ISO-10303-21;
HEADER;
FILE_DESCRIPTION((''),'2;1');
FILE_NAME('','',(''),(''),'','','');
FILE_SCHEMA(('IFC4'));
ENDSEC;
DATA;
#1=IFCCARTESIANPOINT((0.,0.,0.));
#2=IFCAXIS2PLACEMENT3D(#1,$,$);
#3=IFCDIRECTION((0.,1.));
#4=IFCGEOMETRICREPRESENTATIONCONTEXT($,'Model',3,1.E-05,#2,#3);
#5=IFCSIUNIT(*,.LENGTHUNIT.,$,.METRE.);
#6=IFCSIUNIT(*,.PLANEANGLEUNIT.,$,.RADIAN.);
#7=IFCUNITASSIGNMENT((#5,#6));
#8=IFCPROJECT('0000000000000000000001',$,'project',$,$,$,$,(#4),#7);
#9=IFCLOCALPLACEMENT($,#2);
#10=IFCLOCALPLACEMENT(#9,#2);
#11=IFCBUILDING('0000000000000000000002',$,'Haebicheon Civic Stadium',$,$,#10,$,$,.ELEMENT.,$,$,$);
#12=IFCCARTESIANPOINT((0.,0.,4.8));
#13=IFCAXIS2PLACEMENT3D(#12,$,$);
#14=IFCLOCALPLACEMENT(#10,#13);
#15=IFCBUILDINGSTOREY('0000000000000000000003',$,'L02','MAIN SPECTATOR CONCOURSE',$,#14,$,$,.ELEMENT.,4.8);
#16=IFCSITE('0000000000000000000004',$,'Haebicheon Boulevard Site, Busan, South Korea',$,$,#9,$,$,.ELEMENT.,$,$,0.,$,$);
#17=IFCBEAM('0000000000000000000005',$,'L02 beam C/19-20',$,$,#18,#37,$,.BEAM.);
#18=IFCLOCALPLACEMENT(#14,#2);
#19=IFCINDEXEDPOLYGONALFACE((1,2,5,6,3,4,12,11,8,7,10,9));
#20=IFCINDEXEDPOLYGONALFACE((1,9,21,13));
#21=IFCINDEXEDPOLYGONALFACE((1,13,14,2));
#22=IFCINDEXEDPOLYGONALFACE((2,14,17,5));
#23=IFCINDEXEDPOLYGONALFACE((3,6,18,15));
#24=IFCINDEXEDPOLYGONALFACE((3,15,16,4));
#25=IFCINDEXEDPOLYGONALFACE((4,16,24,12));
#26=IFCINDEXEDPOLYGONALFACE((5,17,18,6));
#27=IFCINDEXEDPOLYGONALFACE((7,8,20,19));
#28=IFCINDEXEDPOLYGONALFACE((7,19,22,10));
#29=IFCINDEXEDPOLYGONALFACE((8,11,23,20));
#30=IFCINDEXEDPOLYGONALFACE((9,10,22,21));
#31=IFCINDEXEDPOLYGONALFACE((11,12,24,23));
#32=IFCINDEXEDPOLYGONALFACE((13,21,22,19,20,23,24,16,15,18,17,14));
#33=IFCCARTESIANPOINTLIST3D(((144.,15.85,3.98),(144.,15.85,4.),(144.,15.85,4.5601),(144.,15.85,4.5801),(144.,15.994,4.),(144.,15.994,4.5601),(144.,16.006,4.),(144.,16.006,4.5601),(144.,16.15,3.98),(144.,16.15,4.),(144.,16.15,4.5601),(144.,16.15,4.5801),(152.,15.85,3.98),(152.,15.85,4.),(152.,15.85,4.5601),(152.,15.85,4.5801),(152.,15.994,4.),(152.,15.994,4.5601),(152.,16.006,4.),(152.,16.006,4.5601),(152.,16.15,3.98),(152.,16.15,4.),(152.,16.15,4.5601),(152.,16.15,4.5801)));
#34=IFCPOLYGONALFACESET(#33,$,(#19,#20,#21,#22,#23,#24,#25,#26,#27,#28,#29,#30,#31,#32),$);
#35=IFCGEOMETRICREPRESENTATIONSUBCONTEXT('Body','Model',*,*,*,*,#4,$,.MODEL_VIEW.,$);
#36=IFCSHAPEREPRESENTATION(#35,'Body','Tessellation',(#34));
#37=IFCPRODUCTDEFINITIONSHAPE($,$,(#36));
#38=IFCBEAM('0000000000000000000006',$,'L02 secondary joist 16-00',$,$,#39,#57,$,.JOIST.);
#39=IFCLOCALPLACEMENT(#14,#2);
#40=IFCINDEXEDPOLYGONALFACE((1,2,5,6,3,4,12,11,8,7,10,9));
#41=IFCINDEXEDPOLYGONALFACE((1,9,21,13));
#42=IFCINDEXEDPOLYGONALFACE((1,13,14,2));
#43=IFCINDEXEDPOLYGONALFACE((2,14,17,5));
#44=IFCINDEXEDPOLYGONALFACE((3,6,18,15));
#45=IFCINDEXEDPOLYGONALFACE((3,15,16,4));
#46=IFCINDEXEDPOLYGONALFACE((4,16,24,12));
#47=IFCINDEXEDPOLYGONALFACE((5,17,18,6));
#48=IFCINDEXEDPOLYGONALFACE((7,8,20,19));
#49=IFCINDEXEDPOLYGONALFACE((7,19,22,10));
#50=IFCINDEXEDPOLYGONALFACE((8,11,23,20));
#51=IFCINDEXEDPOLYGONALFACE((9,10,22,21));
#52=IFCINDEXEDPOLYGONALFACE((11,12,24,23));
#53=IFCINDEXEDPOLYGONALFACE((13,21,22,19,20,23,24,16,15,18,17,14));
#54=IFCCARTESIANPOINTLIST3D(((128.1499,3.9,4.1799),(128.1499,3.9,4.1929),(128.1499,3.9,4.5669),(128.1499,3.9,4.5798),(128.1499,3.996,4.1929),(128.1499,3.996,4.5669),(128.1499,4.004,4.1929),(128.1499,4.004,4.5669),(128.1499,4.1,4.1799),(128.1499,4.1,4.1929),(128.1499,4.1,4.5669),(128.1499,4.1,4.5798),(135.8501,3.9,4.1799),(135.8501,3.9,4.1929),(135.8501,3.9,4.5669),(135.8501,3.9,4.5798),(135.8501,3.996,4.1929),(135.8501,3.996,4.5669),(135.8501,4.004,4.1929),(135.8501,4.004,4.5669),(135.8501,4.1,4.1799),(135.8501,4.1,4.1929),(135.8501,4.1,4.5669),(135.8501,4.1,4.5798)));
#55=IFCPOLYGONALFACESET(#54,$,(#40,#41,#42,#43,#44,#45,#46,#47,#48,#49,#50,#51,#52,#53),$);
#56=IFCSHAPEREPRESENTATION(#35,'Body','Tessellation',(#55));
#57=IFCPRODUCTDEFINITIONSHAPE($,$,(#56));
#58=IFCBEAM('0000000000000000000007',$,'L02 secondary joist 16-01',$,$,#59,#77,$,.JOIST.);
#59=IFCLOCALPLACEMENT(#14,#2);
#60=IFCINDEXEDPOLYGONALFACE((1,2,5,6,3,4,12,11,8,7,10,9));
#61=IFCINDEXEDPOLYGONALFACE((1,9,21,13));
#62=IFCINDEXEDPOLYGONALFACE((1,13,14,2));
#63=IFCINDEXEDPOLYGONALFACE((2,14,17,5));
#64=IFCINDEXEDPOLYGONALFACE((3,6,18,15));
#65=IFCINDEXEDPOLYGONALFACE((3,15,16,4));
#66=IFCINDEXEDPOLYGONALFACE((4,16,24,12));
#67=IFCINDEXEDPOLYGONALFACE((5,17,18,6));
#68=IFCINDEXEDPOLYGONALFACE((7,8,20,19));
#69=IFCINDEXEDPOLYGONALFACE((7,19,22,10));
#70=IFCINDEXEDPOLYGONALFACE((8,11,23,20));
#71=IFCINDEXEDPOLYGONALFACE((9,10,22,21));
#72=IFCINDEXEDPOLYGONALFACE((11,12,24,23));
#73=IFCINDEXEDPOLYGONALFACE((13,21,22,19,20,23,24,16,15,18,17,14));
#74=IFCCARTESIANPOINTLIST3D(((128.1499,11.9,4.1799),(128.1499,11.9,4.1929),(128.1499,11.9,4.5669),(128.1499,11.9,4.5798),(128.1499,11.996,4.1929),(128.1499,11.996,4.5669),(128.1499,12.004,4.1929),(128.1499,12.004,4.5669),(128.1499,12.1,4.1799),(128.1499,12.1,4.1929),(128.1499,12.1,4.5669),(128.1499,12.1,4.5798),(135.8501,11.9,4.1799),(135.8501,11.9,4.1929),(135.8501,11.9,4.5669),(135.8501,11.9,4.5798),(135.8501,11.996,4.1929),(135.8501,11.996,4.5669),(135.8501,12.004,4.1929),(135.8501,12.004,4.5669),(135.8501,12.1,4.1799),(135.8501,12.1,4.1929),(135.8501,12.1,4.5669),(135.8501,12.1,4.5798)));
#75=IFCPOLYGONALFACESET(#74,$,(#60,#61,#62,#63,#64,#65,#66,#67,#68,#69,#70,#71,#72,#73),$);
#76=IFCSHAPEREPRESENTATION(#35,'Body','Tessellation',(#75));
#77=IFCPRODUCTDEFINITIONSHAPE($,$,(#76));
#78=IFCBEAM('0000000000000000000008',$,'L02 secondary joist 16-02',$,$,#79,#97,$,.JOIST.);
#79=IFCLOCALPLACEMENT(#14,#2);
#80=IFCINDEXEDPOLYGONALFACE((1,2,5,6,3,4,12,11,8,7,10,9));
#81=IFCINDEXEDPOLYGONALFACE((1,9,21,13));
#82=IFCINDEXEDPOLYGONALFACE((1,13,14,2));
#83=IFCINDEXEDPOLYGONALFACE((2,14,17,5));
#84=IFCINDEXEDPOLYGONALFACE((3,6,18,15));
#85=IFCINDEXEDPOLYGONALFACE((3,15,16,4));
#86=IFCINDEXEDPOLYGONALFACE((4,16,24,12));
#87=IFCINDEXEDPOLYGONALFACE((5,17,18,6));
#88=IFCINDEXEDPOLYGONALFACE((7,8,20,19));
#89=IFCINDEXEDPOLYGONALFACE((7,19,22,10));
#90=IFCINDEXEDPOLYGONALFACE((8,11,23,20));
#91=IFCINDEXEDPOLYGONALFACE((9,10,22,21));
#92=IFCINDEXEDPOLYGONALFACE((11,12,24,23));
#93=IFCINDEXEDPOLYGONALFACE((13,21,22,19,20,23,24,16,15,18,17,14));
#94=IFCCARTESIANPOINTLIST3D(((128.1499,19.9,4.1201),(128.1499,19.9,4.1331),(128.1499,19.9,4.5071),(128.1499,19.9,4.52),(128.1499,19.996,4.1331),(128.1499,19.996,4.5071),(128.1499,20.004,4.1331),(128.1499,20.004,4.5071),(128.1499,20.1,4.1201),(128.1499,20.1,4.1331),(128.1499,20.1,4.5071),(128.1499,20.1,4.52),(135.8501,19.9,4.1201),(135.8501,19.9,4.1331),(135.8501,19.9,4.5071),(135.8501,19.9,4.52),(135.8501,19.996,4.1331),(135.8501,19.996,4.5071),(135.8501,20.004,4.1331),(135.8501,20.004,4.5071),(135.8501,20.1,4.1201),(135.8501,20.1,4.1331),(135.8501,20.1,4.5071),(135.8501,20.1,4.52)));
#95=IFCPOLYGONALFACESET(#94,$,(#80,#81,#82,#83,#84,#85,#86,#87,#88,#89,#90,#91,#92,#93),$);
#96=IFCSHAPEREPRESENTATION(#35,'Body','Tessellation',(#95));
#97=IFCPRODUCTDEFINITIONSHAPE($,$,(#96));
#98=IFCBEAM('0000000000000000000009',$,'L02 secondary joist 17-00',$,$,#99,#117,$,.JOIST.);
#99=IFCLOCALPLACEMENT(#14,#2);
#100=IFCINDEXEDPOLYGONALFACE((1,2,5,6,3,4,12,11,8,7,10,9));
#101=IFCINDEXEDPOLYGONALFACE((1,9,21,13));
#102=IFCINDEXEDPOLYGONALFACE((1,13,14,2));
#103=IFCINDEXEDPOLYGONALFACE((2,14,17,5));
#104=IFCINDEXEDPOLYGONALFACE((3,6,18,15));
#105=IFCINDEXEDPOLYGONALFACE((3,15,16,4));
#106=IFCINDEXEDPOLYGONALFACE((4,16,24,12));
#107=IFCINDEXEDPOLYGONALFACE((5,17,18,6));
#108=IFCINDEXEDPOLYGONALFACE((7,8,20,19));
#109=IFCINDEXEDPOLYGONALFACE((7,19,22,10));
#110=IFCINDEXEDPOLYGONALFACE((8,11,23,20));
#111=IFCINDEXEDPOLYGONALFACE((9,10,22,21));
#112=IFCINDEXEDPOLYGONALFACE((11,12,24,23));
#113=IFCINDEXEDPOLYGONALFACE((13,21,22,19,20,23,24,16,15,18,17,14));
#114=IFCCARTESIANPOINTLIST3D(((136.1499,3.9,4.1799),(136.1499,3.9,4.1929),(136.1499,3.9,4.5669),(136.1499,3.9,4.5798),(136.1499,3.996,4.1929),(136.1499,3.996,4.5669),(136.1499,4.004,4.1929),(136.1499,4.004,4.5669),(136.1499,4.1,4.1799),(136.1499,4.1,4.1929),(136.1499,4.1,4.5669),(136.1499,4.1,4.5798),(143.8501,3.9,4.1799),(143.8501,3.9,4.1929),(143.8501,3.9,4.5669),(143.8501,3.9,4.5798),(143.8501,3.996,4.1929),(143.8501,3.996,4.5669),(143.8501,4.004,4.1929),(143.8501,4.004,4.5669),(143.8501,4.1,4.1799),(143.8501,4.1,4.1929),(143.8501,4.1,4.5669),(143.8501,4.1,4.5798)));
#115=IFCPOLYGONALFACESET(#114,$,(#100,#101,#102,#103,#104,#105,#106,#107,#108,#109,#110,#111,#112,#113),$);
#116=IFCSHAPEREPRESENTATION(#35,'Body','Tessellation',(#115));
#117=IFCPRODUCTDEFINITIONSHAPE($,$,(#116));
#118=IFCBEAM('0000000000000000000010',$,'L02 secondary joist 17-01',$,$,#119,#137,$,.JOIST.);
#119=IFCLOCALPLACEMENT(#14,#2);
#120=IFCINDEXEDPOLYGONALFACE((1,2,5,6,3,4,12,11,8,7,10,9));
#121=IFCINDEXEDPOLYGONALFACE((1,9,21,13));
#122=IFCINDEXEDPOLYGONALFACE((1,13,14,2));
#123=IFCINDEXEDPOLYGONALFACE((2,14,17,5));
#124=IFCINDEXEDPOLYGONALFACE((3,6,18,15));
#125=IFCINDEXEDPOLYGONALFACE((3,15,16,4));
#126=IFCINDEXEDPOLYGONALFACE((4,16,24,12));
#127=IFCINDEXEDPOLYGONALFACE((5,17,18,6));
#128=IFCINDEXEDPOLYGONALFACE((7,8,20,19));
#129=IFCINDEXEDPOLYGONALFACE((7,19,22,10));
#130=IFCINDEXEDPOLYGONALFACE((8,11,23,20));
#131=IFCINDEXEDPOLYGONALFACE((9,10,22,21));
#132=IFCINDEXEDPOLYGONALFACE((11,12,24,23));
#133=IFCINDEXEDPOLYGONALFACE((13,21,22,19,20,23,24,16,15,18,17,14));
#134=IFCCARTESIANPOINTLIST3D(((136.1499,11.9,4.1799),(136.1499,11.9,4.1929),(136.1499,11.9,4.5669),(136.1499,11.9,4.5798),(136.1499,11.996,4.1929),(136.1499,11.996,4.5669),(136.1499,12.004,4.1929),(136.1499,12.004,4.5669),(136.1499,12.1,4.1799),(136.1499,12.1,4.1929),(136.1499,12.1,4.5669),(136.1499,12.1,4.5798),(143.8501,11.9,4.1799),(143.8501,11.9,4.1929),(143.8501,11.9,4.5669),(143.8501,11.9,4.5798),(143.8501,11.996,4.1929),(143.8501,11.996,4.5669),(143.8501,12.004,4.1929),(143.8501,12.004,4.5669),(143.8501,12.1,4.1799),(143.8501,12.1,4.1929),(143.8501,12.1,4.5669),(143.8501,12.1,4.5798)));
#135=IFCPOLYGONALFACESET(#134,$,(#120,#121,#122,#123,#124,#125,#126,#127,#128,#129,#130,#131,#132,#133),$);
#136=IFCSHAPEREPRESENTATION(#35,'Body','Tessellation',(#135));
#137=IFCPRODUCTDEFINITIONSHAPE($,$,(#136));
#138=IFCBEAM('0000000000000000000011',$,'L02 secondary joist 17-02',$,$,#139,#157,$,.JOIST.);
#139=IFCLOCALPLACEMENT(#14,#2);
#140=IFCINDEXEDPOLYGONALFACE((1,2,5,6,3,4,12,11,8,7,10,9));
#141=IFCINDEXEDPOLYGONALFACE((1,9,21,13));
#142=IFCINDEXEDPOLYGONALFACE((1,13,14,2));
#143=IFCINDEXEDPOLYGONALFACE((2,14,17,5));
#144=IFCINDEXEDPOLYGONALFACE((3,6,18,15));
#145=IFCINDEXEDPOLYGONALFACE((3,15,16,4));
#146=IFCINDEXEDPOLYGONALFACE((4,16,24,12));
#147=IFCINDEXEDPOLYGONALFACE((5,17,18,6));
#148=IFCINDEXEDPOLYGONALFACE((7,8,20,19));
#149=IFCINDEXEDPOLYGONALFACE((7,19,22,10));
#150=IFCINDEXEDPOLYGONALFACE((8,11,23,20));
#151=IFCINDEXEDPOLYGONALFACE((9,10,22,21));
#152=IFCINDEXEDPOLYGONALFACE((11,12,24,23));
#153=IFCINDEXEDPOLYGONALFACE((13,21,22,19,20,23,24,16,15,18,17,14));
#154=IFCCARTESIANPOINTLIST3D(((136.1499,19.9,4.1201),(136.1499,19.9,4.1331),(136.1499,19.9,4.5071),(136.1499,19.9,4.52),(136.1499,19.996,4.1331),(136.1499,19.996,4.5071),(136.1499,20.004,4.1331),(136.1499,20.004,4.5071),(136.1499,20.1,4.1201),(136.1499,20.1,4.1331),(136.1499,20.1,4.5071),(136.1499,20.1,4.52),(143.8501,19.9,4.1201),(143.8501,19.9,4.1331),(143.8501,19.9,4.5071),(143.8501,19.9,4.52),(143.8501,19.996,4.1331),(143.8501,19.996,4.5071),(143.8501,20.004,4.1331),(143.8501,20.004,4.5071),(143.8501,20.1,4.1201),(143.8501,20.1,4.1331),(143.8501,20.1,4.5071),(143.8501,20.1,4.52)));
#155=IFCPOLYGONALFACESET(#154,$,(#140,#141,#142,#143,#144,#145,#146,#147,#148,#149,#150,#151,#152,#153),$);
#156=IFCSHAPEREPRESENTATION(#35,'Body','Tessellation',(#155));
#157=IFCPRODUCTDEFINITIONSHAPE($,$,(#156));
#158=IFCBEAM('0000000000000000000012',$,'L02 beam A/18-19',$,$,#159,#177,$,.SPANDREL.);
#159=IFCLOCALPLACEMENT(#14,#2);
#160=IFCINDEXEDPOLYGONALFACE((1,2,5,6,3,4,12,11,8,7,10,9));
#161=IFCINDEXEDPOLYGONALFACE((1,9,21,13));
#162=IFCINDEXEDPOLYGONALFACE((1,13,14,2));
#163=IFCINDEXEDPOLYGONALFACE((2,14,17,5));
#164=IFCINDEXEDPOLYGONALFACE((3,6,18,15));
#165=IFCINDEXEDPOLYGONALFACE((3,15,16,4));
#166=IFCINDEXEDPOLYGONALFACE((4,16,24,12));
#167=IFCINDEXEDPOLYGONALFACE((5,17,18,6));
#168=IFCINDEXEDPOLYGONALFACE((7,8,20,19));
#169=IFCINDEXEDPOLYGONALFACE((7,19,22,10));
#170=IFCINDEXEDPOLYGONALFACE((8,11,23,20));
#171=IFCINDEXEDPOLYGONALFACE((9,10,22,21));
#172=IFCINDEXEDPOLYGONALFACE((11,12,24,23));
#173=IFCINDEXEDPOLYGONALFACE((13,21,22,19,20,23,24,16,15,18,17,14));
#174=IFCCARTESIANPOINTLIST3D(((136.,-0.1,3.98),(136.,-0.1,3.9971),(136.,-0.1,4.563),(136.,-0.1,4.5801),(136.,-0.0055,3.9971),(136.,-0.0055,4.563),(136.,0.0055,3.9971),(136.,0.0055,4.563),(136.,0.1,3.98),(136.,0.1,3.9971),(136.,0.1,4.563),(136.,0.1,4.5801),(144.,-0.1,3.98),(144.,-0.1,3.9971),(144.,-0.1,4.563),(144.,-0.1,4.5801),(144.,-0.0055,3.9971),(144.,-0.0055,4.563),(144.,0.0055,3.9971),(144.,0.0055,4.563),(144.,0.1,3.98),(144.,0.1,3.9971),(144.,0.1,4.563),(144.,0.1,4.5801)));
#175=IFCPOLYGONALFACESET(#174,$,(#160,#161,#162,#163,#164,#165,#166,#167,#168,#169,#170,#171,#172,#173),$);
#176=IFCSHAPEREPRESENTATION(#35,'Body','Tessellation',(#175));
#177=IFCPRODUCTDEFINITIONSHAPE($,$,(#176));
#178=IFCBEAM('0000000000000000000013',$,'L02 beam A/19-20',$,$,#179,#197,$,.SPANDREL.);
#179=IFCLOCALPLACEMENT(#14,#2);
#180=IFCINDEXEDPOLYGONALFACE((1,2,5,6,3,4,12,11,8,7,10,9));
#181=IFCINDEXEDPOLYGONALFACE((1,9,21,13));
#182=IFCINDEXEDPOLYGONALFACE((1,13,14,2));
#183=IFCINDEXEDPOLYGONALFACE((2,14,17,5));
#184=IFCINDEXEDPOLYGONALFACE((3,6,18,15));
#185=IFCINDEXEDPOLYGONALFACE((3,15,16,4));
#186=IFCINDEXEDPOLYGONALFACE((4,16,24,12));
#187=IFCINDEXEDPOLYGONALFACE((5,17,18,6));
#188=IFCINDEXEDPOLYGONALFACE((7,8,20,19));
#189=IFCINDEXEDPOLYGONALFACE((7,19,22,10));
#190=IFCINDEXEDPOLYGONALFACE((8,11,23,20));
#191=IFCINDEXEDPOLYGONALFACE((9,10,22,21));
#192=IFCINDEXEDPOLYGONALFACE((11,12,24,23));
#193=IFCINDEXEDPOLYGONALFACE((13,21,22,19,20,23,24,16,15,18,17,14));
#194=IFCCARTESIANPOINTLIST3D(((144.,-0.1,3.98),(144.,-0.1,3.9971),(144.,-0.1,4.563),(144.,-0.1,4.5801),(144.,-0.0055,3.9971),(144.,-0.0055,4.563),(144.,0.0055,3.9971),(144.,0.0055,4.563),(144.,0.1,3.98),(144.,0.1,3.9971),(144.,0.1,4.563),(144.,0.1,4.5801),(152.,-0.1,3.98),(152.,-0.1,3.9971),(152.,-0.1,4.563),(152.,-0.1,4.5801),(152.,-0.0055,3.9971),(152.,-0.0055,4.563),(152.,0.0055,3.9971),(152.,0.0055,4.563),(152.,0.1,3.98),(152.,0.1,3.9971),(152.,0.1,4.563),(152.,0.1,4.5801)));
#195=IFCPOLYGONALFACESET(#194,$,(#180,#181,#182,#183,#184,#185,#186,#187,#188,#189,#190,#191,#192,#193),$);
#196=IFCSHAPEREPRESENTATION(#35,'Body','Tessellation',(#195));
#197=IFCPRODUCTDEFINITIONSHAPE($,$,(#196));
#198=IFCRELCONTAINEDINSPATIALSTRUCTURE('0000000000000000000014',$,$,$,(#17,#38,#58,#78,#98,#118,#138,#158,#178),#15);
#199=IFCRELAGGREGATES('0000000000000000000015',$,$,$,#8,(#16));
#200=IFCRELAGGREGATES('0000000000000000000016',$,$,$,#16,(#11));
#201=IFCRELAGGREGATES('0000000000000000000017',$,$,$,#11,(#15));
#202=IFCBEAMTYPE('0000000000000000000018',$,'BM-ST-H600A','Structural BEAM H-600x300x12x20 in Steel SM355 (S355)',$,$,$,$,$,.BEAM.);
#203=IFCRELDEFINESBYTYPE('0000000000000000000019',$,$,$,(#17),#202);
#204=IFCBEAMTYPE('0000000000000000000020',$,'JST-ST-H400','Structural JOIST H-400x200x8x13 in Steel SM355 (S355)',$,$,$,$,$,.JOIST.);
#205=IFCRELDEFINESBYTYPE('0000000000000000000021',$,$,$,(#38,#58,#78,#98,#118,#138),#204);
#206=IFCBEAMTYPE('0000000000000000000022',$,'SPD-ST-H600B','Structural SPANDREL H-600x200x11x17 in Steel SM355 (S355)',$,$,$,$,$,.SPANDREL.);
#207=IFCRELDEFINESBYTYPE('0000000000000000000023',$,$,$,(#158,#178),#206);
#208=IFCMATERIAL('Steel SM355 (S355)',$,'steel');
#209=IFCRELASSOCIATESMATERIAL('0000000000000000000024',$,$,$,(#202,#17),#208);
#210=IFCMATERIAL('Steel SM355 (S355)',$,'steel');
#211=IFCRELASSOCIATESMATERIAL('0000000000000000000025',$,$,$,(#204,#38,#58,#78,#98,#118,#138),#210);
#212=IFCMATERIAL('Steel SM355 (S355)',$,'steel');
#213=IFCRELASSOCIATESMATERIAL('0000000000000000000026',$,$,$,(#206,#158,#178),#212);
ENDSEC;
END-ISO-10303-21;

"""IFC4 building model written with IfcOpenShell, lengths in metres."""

from ifc_helpers import new_model, si_unit, direction, frame, origin, origin_2d, place, context, subcontext, project, spatial, i_section, extrude, material, material_profile, profile_set, type_object, element, save


model = new_model("IFC4")

# Units and contexts
model_context = context("Model", 3, precision=1e-05, world=origin(), true_north=direction((0.0, 1.0)))
body_context = subcontext(model_context, "Body", "Model", "MODEL_VIEW")
ifc_project = project(units=[si_unit("LENGTHUNIT", "METRE"), si_unit("PLANEANGLEUNIT", "RADIAN")], contexts=[model_context])

# Site, building, storey
site_placement = place(None, origin())
site = spatial("IfcSite", under=ifc_project, at=site_placement, Name="Haebicheon Boulevard Site, Busan, South Korea", CompositionType="ELEMENT", RefElevation=0.0)
building_placement = place(site_placement, origin())
building = spatial("IfcBuilding", under=site, at=building_placement, Name="Haebicheon Civic Stadium", CompositionType="ELEMENT")
storey_placement = place(building_placement, frame((0.0, 0.0, 4.8)))
storey = spatial("IfcBuildingStorey", under=building, at=storey_placement, Name="L02", Description="MAIN SPECTATOR CONCOURSE", CompositionType="ELEMENT", Elevation=4.8)

# Beams
ifc_material_1 = material(Name="Steel SM355 (S355)", Category="steel")
ifc_material_profile_1 = material_profile(ifc_material_1, i_section(OverallWidth=0.3, OverallDepth=0.6001, WebThickness=0.012, FlangeThickness=0.02, at=origin_2d()), Name="H-600x300x12x20")
ifc_profile_set_1 = profile_set([ifc_material_profile_1], Name="Steel SM355 (S355)")
beam_type_1 = type_object("IfcBeamType", Name="BM-ST-H600A", Description="Structural BEAM H-600x300x12x20 in Steel SM355 (S355)", PredefinedType="BEAM", material=ifc_profile_set_1)
for number, where, z_axis, x_axis, name in (
    (1, (144.0, 16.0, 4.28), (1.0, 0.0, 0.0), (0.0, 1.0, 0.0), "L02 beam C/19-20"),
):
    element("IfcBeam", number, at=place(storey_placement, frame(where, z_axis=z_axis, x_axis=x_axis)), inside=storey, type_object=beam_type_1, material=ifc_profile_set_1, Name=name, PredefinedType="BEAM", context=body_context, shape_type="SweptSolid", body=[
        extrude(i_section(OverallWidth=0.3, OverallDepth=0.6001, WebThickness=0.012, FlangeThickness=0.02, at=origin_2d()), origin(), (0.0, 0.0, 1.0), 8.0),
    ])
ifc_material_2 = material(Name="Steel SM355 (S355)", Category="steel")
ifc_material_profile_2 = material_profile(ifc_material_2, i_section(OverallWidth=0.2, OverallDepth=0.3999, WebThickness=0.0081, FlangeThickness=0.0129, at=origin_2d()), Name="H-400x200x8x13")
ifc_profile_set_2 = profile_set([ifc_material_profile_2], Name="Steel SM355 (S355)")
beam_type_2 = type_object("IfcBeamType", Name="JST-ST-H400", Description="Structural JOIST H-400x200x8x13 in Steel SM355 (S355)", PredefinedType="JOIST", material=ifc_profile_set_2)
for number, where, z_axis, x_axis, name in (
    (2, (128.1499, 4.0, 4.3799), (1.0, 0.0, 0.0), (0.0, 1.0, 0.0), "L02 secondary joist 16-00"),
    (3, (128.1499, 12.0, 4.3799), (1.0, 0.0, 0.0), (0.0, 1.0, 0.0), "L02 secondary joist 16-01"),
    (4, (128.1499, 20.0, 4.3201), (1.0, 0.0, 0.0), (0.0, 1.0, 0.0), "L02 secondary joist 16-02"),
    (5, (136.1499, 4.0, 4.3799), (1.0, 0.0, 0.0), (0.0, 1.0, 0.0), "L02 secondary joist 17-00"),
    (6, (136.1499, 12.0, 4.3799), (1.0, 0.0, 0.0), (0.0, 1.0, 0.0), "L02 secondary joist 17-01"),
    (7, (136.1499, 20.0, 4.3201), (1.0, 0.0, 0.0), (0.0, 1.0, 0.0), "L02 secondary joist 17-02"),
):
    element("IfcBeam", number, at=place(storey_placement, frame(where, z_axis=z_axis, x_axis=x_axis)), inside=storey, type_object=beam_type_2, material=ifc_profile_set_2, Name=name, PredefinedType="JOIST", context=body_context, shape_type="SweptSolid", body=[
        extrude(i_section(OverallWidth=0.2, OverallDepth=0.3999, WebThickness=0.0081, FlangeThickness=0.0129, at=origin_2d()), origin(), (0.0, 0.0, 1.0), 7.7002),
    ])
ifc_material_3 = material(Name="Steel SM355 (S355)", Category="steel")
ifc_material_profile_3 = material_profile(ifc_material_3, i_section(OverallWidth=0.2, OverallDepth=0.6001, WebThickness=0.011, FlangeThickness=0.0171, at=origin_2d()), Name="H-600x200x11x17")
ifc_profile_set_3 = profile_set([ifc_material_profile_3], Name="Steel SM355 (S355)")
beam_type_3 = type_object("IfcBeamType", Name="SPD-ST-H600B", Description="Structural SPANDREL H-600x200x11x17 in Steel SM355 (S355)", PredefinedType="SPANDREL", material=ifc_profile_set_3)
for number, where, z_axis, x_axis, name in (
    (8, (136.0, 0.0, 4.28), (1.0, 0.0, 0.0), (0.0, 1.0, 0.0), "L02 beam A/18-19"),
    (9, (144.0, 0.0, 4.28), (1.0, 0.0, 0.0), (0.0, 1.0, 0.0), "L02 beam A/19-20"),
):
    element("IfcBeam", number, at=place(storey_placement, frame(where, z_axis=z_axis, x_axis=x_axis)), inside=storey, type_object=beam_type_3, material=ifc_profile_set_3, Name=name, PredefinedType="SPANDREL", context=body_context, shape_type="SweptSolid", body=[
        extrude(i_section(OverallWidth=0.2, OverallDepth=0.6001, WebThickness=0.011, FlangeThickness=0.0171, at=origin_2d()), origin(), (0.0, 0.0, 1.0), 8.0),
    ])

save(model, "model.ifc")
